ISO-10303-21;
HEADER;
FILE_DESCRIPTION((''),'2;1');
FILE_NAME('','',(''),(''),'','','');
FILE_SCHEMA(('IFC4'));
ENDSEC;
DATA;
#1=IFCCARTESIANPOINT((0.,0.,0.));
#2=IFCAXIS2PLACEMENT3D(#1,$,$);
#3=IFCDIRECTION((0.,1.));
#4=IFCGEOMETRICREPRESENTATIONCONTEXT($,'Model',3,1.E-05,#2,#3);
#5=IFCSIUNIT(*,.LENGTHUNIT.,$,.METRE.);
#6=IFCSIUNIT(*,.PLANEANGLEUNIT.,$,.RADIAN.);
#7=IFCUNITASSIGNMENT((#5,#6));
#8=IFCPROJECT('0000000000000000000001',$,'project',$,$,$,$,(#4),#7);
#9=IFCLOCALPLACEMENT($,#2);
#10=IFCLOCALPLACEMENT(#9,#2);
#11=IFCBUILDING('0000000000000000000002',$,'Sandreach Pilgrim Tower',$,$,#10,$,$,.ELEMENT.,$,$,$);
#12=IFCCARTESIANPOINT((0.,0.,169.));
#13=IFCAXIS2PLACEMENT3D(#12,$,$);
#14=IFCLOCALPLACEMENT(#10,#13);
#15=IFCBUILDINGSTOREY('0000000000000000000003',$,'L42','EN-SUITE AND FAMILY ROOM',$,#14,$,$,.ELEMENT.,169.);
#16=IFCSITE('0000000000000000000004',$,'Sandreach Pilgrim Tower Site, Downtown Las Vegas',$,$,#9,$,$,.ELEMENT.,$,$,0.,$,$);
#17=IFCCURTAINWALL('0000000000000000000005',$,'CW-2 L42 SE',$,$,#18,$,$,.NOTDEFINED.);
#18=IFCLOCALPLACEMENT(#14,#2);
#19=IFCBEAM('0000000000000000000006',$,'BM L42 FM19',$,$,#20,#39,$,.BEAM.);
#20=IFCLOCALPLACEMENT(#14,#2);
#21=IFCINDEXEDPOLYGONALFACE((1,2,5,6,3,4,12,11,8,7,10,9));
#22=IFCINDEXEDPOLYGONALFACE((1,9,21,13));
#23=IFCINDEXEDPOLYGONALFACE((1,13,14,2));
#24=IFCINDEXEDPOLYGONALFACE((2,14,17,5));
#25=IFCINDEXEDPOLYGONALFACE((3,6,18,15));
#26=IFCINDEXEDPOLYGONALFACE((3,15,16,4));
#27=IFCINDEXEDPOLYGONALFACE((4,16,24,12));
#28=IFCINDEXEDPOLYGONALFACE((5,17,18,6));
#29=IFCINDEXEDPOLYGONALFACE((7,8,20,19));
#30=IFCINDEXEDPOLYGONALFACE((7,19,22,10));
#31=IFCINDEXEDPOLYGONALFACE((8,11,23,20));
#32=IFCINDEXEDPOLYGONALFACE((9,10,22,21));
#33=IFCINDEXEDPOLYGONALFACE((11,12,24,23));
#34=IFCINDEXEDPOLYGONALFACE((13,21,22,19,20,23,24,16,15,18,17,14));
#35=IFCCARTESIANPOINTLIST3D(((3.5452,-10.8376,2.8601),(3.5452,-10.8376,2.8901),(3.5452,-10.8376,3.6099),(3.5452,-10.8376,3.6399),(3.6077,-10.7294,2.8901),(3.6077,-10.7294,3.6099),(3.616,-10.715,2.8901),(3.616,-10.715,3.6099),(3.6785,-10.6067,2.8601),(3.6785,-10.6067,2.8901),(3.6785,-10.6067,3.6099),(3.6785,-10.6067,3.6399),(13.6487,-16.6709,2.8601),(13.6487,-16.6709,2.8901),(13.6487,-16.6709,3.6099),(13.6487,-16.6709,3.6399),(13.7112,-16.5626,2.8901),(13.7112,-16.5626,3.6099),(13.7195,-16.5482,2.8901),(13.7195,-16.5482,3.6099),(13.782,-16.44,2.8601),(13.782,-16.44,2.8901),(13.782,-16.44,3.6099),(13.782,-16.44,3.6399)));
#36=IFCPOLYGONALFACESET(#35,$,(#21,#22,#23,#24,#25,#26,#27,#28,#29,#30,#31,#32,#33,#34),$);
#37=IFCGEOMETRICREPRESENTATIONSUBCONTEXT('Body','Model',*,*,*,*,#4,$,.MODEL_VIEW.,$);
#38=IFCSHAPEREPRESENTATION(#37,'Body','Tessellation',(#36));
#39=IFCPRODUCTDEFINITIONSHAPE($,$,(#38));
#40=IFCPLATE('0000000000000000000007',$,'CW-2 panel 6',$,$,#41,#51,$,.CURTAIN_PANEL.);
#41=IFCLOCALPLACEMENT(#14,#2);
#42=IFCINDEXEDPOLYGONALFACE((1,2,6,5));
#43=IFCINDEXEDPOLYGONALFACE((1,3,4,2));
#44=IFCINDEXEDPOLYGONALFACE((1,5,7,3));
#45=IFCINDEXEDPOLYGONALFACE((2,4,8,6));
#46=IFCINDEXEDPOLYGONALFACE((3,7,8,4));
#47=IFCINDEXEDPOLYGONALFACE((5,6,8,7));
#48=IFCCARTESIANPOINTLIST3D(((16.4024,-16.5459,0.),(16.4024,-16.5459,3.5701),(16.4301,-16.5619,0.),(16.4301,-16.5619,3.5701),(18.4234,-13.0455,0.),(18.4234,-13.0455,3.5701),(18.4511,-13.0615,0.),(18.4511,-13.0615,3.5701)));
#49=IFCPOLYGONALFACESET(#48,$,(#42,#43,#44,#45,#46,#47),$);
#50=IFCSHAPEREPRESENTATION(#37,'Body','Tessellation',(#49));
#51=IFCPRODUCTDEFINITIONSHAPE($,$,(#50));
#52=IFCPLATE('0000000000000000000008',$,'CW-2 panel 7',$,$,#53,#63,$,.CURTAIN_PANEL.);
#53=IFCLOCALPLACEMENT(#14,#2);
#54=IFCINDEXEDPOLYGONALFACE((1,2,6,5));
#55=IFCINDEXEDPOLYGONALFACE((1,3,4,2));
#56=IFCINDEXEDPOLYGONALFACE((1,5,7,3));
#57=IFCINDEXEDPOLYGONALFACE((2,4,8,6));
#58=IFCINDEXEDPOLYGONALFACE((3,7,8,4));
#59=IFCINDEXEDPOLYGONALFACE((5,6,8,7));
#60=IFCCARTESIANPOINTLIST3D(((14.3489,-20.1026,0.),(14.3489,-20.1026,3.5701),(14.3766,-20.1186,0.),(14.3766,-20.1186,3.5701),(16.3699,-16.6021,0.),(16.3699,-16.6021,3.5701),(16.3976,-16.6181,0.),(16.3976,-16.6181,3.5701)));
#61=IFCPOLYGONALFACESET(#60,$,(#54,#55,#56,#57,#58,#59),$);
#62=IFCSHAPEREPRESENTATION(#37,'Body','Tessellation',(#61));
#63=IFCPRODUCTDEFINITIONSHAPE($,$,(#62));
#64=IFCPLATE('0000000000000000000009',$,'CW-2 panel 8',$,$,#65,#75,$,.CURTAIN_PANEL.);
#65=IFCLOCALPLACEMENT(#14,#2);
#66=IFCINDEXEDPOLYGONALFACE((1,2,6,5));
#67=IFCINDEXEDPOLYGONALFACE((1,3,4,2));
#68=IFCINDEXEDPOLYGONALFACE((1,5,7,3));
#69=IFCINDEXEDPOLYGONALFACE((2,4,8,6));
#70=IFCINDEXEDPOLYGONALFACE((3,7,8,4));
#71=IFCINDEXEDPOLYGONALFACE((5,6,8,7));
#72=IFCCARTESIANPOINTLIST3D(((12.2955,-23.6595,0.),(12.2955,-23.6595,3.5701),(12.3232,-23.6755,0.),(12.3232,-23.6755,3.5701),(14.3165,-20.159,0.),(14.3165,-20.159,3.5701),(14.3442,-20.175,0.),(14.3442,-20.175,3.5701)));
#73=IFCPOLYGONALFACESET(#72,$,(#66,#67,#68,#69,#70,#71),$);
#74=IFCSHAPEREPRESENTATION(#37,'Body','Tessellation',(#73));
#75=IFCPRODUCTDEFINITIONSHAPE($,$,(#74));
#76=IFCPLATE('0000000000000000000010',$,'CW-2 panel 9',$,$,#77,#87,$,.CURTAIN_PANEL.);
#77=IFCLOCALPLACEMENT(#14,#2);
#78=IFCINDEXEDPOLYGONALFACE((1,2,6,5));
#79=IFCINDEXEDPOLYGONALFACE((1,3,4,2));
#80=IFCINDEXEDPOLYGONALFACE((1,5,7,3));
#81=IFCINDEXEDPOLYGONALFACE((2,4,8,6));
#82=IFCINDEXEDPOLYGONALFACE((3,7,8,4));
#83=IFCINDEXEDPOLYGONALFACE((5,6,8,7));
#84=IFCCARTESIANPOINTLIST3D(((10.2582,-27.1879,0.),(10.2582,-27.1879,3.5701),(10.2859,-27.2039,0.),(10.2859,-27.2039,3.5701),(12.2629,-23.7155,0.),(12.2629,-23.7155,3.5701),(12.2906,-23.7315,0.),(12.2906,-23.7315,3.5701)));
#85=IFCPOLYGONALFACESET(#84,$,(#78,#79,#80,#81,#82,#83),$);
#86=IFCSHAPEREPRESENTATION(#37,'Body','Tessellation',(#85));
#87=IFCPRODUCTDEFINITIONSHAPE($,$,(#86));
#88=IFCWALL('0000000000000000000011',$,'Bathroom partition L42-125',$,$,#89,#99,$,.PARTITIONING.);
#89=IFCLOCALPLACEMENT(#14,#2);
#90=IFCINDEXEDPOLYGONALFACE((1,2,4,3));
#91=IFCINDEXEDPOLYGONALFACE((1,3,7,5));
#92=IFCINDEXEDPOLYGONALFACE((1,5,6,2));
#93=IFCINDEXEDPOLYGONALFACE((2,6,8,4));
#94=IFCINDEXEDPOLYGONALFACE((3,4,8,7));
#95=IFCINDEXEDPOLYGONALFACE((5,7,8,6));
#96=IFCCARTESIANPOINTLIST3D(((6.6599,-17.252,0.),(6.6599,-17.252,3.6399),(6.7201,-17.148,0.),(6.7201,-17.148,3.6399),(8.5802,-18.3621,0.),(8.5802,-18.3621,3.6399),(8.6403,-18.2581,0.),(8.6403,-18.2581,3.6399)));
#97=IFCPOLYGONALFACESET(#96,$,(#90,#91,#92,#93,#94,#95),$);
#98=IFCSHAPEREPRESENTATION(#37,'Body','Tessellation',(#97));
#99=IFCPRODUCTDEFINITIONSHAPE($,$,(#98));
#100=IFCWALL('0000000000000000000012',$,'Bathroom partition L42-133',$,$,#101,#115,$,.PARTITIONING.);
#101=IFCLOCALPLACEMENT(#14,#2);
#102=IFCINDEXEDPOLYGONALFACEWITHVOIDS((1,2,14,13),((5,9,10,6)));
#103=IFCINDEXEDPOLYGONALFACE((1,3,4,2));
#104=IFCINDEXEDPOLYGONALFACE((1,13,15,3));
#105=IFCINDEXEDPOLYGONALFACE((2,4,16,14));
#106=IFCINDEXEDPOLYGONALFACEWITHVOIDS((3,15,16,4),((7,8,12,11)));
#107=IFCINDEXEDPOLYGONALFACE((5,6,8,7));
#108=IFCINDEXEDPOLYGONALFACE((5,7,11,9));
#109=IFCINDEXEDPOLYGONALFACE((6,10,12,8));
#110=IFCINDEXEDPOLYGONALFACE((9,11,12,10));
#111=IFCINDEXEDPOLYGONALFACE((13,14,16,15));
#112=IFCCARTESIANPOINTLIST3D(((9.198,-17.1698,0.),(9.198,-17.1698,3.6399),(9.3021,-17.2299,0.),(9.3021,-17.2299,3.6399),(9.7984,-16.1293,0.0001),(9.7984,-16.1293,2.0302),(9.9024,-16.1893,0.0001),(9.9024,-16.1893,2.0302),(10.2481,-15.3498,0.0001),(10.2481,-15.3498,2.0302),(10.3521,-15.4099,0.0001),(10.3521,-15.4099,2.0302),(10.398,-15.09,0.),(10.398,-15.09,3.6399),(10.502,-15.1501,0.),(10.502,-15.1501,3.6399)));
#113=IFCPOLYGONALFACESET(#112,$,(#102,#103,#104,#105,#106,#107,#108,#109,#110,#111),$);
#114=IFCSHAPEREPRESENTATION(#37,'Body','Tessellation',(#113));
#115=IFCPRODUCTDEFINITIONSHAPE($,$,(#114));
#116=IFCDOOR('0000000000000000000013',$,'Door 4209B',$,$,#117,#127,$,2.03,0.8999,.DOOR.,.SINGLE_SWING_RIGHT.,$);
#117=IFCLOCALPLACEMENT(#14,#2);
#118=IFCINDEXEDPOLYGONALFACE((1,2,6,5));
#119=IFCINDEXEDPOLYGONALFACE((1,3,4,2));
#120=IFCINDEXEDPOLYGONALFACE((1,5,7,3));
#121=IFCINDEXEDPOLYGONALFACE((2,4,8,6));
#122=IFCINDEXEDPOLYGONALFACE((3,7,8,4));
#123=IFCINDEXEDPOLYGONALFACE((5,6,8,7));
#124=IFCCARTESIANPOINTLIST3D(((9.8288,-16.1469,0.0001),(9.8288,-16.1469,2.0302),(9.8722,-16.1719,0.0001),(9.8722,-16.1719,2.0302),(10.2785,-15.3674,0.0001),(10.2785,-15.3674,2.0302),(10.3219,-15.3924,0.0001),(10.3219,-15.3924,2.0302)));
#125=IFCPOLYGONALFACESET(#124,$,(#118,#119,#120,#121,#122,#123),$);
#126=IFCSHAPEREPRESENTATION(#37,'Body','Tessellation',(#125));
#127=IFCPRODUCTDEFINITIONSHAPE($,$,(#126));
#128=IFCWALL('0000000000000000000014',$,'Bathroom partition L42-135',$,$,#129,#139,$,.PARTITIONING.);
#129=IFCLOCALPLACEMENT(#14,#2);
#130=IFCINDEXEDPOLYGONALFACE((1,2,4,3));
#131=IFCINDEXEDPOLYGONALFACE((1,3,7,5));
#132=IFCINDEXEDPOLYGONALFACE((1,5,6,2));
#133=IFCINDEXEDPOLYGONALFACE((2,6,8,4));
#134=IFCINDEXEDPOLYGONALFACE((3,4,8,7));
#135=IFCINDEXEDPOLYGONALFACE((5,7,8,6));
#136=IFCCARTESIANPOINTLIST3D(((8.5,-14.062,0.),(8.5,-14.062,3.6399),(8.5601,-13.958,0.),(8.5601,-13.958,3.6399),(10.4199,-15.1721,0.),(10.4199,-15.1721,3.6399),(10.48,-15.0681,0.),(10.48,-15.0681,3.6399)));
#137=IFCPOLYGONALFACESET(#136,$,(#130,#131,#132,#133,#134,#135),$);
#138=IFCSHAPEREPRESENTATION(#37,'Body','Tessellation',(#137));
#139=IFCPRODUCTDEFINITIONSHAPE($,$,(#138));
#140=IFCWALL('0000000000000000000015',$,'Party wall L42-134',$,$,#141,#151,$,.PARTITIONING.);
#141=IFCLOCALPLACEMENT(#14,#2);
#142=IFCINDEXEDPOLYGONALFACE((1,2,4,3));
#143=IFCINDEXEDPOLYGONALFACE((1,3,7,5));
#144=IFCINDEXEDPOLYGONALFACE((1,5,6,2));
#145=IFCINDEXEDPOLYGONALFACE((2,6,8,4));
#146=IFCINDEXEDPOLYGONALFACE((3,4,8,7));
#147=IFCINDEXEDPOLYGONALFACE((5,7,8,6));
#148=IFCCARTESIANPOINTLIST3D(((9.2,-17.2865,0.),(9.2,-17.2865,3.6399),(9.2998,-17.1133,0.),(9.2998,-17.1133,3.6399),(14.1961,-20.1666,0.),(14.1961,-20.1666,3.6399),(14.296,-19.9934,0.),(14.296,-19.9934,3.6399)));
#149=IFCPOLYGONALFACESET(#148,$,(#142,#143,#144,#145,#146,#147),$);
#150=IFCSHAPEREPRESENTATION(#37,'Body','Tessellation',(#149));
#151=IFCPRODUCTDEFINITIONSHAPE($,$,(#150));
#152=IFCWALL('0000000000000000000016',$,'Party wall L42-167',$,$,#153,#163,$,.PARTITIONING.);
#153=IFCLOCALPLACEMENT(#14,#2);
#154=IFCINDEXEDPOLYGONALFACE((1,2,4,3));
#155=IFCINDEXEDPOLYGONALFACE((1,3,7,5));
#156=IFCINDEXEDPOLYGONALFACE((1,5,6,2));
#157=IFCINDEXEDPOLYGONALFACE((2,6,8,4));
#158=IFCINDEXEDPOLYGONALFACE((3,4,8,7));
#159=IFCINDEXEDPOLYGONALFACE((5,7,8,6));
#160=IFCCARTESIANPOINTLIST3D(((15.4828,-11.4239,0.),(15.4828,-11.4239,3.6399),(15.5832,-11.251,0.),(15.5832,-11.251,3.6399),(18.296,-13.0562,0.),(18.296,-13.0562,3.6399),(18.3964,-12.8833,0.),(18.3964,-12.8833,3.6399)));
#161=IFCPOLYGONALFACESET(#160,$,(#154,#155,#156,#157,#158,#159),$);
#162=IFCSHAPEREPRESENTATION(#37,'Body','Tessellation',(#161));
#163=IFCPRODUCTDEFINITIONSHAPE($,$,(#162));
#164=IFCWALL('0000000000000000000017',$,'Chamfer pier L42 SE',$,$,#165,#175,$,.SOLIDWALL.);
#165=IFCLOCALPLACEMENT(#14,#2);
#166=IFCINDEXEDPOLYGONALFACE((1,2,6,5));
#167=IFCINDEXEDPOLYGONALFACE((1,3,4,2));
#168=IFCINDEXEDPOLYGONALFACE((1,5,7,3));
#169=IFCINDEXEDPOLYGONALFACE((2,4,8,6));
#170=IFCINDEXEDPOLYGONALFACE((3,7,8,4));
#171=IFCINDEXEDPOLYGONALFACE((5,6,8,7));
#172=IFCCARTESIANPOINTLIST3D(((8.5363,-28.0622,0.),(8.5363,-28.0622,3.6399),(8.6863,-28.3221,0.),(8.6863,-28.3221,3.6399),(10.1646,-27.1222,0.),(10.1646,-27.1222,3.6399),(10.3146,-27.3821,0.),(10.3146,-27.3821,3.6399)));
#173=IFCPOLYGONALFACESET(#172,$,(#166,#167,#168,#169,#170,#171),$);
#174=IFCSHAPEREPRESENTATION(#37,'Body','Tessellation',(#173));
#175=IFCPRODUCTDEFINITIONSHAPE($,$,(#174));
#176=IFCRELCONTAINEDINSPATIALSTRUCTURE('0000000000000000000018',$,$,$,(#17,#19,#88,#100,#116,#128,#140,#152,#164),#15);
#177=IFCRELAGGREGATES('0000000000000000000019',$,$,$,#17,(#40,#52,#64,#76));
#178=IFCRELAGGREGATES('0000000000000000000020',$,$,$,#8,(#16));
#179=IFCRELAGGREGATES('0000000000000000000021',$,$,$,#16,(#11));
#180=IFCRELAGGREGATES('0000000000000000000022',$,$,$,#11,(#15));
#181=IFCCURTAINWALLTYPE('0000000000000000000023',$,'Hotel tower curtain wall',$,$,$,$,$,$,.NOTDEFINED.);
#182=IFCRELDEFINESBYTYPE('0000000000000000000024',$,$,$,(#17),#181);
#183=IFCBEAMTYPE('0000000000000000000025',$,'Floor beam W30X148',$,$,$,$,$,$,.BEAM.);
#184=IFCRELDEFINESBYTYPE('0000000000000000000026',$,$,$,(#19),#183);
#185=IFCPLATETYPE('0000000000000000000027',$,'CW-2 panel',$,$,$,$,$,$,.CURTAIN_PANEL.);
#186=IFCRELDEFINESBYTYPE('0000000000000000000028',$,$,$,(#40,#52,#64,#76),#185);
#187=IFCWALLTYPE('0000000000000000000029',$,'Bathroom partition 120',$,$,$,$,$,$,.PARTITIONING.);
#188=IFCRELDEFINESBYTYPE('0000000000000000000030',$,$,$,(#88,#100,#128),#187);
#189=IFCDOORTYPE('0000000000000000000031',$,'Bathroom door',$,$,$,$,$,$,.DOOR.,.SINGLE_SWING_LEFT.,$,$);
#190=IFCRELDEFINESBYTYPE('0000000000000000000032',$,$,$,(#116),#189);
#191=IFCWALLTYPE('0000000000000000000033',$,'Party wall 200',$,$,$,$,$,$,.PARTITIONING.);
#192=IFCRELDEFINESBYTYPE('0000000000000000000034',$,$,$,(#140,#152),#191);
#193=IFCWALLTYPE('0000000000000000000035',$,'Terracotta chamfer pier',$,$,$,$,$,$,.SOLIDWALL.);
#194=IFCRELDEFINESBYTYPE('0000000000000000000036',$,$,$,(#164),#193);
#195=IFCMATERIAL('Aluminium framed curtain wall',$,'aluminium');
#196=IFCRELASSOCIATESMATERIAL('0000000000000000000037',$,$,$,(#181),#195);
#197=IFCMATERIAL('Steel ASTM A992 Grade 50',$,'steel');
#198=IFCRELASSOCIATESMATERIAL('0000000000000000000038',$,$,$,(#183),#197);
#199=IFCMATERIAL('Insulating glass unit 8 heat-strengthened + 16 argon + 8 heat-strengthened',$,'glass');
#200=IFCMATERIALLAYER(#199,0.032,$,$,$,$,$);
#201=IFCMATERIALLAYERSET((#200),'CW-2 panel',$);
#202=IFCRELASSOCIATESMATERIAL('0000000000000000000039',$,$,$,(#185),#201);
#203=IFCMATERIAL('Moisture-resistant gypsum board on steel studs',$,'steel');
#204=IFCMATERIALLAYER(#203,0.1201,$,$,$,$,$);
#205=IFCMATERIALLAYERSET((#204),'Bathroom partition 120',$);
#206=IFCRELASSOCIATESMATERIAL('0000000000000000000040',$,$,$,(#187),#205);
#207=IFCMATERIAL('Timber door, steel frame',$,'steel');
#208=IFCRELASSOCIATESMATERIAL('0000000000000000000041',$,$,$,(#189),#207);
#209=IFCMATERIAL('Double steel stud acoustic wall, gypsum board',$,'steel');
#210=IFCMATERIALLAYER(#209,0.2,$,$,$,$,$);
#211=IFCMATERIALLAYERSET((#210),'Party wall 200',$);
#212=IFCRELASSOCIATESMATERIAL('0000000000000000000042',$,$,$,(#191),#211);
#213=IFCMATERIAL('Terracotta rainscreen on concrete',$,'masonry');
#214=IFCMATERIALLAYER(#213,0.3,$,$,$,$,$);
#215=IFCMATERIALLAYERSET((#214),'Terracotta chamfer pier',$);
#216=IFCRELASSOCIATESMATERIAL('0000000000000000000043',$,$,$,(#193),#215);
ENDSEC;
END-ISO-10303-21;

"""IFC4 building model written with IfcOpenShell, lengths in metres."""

from ifc_helpers import new_model, si_unit, direction, frame, frame_2d, origin, origin_2d, place, context, subcontext, project, spatial, rectangle, i_section, extrude, material, layer, layer_set, material_profile, profile_set, type_object, element, fill, aggregate, save


model = new_model("IFC4")

# Units and contexts
model_context = context("Model", 3, precision=1e-05, world=origin(), true_north=direction((0.0, 1.0)))
body_context = subcontext(model_context, "Body", "Model", "MODEL_VIEW")
ifc_project = project(units=[si_unit("LENGTHUNIT", "METRE"), si_unit("PLANEANGLEUNIT", "RADIAN")], contexts=[model_context])

# Site, building, storey
site_placement = place(None, origin())
site = spatial("IfcSite", under=ifc_project, at=site_placement, Name="Sandreach Pilgrim Tower Site, Downtown Las Vegas", CompositionType="ELEMENT", RefElevation=0.0)
building_placement = place(site_placement, origin())
building = spatial("IfcBuilding", under=site, at=building_placement, Name="Sandreach Pilgrim Tower", CompositionType="ELEMENT")
storey_placement = place(building_placement, frame((0.0, 0.0, 169.0)))
storey = spatial("IfcBuildingStorey", under=building, at=storey_placement, Name="L42", Description="EN-SUITE AND FAMILY ROOM", CompositionType="ELEMENT", Elevation=169.0)

# Curtain wall
ifc_material_1 = material(Name="Aluminium framed curtain wall", Category="aluminium")
curtain_wall_type = type_object("IfcCurtainWallType", Name="Hotel tower curtain wall", PredefinedType="NOTDEFINED", material=ifc_material_1)
curtain_wall_1_placement = place(storey_placement, origin())
curtain_wall_1 = element("IfcCurtainWall", 1, at=curtain_wall_1_placement, inside=storey, type_object=curtain_wall_type, Name="CW-2 L42 SE", PredefinedType="NOTDEFINED")

# Beam
ifc_material_2 = material(Name="Steel ASTM A992 Grade 50", Category="steel")
ifc_material_profile_1 = material_profile(ifc_material_2, i_section(OverallWidth=0.2666, OverallDepth=0.7798, WebThickness=0.0166, FlangeThickness=0.03, at=origin_2d()), Name="W30X148")
ifc_profile_set_1 = profile_set([ifc_material_profile_1], Name="Steel ASTM A992 Grade 50")
beam_type_1 = type_object("IfcBeamType", Name="Floor beam W30X148", PredefinedType="BEAM", material=ifc_profile_set_1)
beam_1_placement = place(storey_placement, frame((13.7153, -16.5554, 3.25), z_axis=(-0.866026, 0.499999, 0.0), x_axis=(-0.499999, -0.866026, 0.0)))
element("IfcBeam", 2, at=beam_1_placement, inside=storey, type_object=beam_type_1, Name="BM L42 FM19", PredefinedType="BEAM", context=body_context, shape_type="SweptSolid", body=[
    extrude(i_section(OverallWidth=0.2666, OverallDepth=0.7798, WebThickness=0.0166, FlangeThickness=0.03, at=origin_2d()), origin(), (0.0, 0.0, 1.0), 11.6665),
])

# Plates
ifc_material_3 = material(Name="Insulating glass unit 8 heat-strengthened + 16 argon + 8 heat-strengthened", Category="glass")
ifc_layer_1 = layer(ifc_material_3, 0.032)
ifc_layer_set_1 = layer_set([ifc_layer_1], Name="CW-2 panel")
plate_type = type_object("IfcPlateType", Name="CW-2 panel", PredefinedType="CURTAIN_PANEL", material=ifc_layer_set_1)
plate_1_placement = place(storey_placement, frame((17.4268, -14.8037, 0.0), z_axis=(0.0, 0.0, 1.0), x_axis=(-0.5, -0.866025, 0.0)))
plate_1 = element("IfcPlate", 3, at=plate_1_placement, type_object=plate_type, Name="CW-2 panel 6", PredefinedType="CURTAIN_PANEL", context=body_context, shape_type="SweptSolid", body=[
    extrude(rectangle(XDim=4.042, YDim=0.032, at=origin_2d()), origin(), (0.0, 0.0, 1.0), 3.5701),
])
plate_2_placement = place(storey_placement, frame((15.3733, -18.3604, 0.0), z_axis=(0.0, 0.0, 1.0), x_axis=(-0.5, -0.866025, 0.0)))
plate_2 = element("IfcPlate", 4, at=plate_2_placement, type_object=plate_type, Name="CW-2 panel 7", PredefinedType="CURTAIN_PANEL", context=body_context, shape_type="SweptSolid", body=[
    extrude(rectangle(XDim=4.042, YDim=0.032, at=origin_2d()), origin(), (0.0, 0.0, 1.0), 3.5701),
])
plate_3_placement = place(storey_placement, frame((13.3198, -21.9172, 0.0), z_axis=(0.0, 0.0, 1.0), x_axis=(-0.5, -0.866025, 0.0)))
plate_3 = element("IfcPlate", 5, at=plate_3_placement, type_object=plate_type, Name="CW-2 panel 8", PredefinedType="CURTAIN_PANEL", context=body_context, shape_type="SweptSolid", body=[
    extrude(rectangle(XDim=4.042, YDim=0.032, at=origin_2d()), origin(), (0.0, 0.0, 1.0), 3.5701),
])
plate_4_placement = place(storey_placement, frame((11.2744, -25.4597, 0.0), z_axis=(0.0, 0.0, 1.0), x_axis=(-0.5, -0.866025, 0.0)))
plate_4 = element("IfcPlate", 6, at=plate_4_placement, type_object=plate_type, Name="CW-2 panel 9", PredefinedType="CURTAIN_PANEL", context=body_context, shape_type="SweptSolid", body=[
    extrude(rectangle(XDim=4.0095, YDim=0.032, at=origin_2d()), origin(), (0.0, 0.0, 1.0), 3.5701),
])
aggregate(curtain_wall_1, [plate_1, plate_2, plate_3, plate_4])

# Wall
ifc_material_4 = material(Name="Moisture-resistant gypsum board on steel studs", Category="steel")
ifc_layer_2 = layer(ifc_material_4, 0.1201)
ifc_layer_set_2 = layer_set([ifc_layer_2], Name="Bathroom partition 120")
wall_type_1 = type_object("IfcWallType", Name="Bathroom partition 120", PredefinedType="PARTITIONING", material=ifc_layer_set_2)
wall_1_placement = place(storey_placement, frame((8.6101, -18.3101, 0.0), z_axis=(0.0, 0.0, 1.0), x_axis=(-0.865733, 0.500507, 0.0)))
element("IfcWall", 7, at=wall_1_placement, inside=storey, type_object=wall_type_1, Name="Bathroom partition L42-125", PredefinedType="PARTITIONING", context=body_context, shape_type="SweptSolid", body=[
    extrude(rectangle(XDim=2.218, YDim=0.1201, at=frame_2d((1.1089, 0.0))), origin(), (0.0, 0.0, 1.0), 3.6399),
])

# Wall, opening, door
wall_2_placement = place(storey_placement, frame((9.25, -17.2, 0.0), z_axis=(0.0, 0.0, 1.0), x_axis=(0.499737, 0.866177, 0.0)))
wall_2 = element("IfcWall", 8, at=wall_2_placement, inside=storey, type_object=wall_type_1, Name="Bathroom partition L42-133", PredefinedType="PARTITIONING", context=body_context, shape_type="SweptSolid", body=[
    extrude(rectangle(XDim=2.4011, YDim=0.1201, at=frame_2d((1.2007, 0.0))), origin(), (0.0, 0.0, 1.0), 3.6399),
])
opening_placement = place(wall_2_placement, frame((1.2014, 0.0, 0.0)))
opening = element("IfcOpeningElement", 9, at=opening_placement, cuts=wall_2, PredefinedType="OPENING", context=body_context, shape_type="SweptSolid", body=[
    extrude(rectangle(XDim=0.8999, YDim=2.03, at=frame_2d((0.45, 1.0151))), frame((0.0, 0.0601, 0.0), z_axis=(0.0, -1.0, 0.0), x_axis=(1.0, 0.0, 0.0)), (0.0, 0.0, 1.0), 0.1201),
])
ifc_material_5 = material(Name="Timber door, steel frame", Category="steel")
door_type = type_object("IfcDoorType", Name="Bathroom door", OperationType="SINGLE_SWING_LEFT", PredefinedType="DOOR", material=ifc_material_5)
door_placement = place(opening_placement, origin())
door = element("IfcDoor", 10, at=door_placement, inside=storey, type_object=door_type, Name="Door 4209B", OperationType="SINGLE_SWING_RIGHT", OverallHeight=2.03, OverallWidth=0.8999, PredefinedType="DOOR", context=body_context, shape_type="SweptSolid", body=[
    extrude(rectangle(XDim=0.8999, YDim=2.03, at=frame_2d((0.45, 1.0151))), frame((0.0, 0.0249, 0.0), z_axis=(0.0, -1.0, 0.0), x_axis=(1.0, 0.0, 0.0)), (0.0, 0.0, 1.0), 0.05),
])
fill(opening, door)

# Walls
wall_3_placement = place(storey_placement, frame((10.45, -15.1201, 0.0), z_axis=(0.0, 0.0, 1.0), x_axis=(-0.865705, 0.500555, 0.0)))
element("IfcWall", 11, at=wall_3_placement, inside=storey, type_object=wall_type_1, Name="Bathroom partition L42-135", PredefinedType="PARTITIONING", context=body_context, shape_type="SweptSolid", body=[
    extrude(rectangle(XDim=2.2178, YDim=0.1201, at=frame_2d((1.1089, 0.0))), origin(), (0.0, 0.0, 1.0), 3.6399),
])
ifc_material_6 = material(Name="Double steel stud acoustic wall, gypsum board", Category="steel")
ifc_layer_3 = layer(ifc_material_6, 0.2)
ifc_layer_set_3 = layer_set([ifc_layer_3], Name="Party wall 200")
wall_type_2 = type_object("IfcWallType", Name="Party wall 200", PredefinedType="PARTITIONING", material=ifc_layer_set_3)
wall_4_placement = place(storey_placement, frame((9.25, -17.2, 0.0), z_axis=(0.0, 0.0, 1.0), x_axis=(0.866353, -0.499432, 0.0)))
element("IfcWall", 12, at=wall_4_placement, inside=storey, type_object=wall_type_2, Name="Party wall L42-134", PredefinedType="PARTITIONING", context=body_context, shape_type="SweptSolid", body=[
    extrude(rectangle(XDim=5.7668, YDim=0.2, at=frame_2d((2.8833, 0.0))), origin(), (0.0, 0.0, 1.0), 3.6399),
])
wall_5_placement = place(storey_placement, frame((18.3462, -12.9697, 0.0), z_axis=(0.0, 0.0, 1.0), x_axis=(-0.864945, 0.501867, 0.0)))
element("IfcWall", 13, at=wall_5_placement, inside=storey, type_object=wall_type_2, Name="Party wall L42-167", PredefinedType="PARTITIONING", context=body_context, shape_type="SweptSolid", body=[
    extrude(rectangle(XDim=3.2524, YDim=0.2, at=frame_2d((1.6262, 0.0))), origin(), (0.0, 0.0, 1.0), 3.6399),
])
ifc_material_7 = material(Name="Terracotta rainscreen on concrete", Category="masonry")
ifc_layer_4 = layer(ifc_material_7, 0.3)
ifc_layer_set_4 = layer_set([ifc_layer_4], Name="Terracotta chamfer pier")
wall_type_3 = type_object("IfcWallType", Name="Terracotta chamfer pier", PredefinedType="SOLIDWALL", material=ifc_layer_set_4)
wall_6_placement = place(storey_placement, frame((10.2395, -27.2522, 0.0), z_axis=(0.0, 0.0, 1.0), x_axis=(-0.866045, -0.499966, 0.0)))
element("IfcWall", 14, at=wall_6_placement, inside=storey, type_object=wall_type_3, Name="Chamfer pier L42 SE", PredefinedType="SOLIDWALL", context=body_context, shape_type="SweptSolid", body=[
    extrude(rectangle(XDim=1.8801, YDim=0.3, at=frame_2d((0.9399, 0.0))), origin(), (0.0, 0.0, 1.0), 3.6399),
])

save(model, "model.ifc")
